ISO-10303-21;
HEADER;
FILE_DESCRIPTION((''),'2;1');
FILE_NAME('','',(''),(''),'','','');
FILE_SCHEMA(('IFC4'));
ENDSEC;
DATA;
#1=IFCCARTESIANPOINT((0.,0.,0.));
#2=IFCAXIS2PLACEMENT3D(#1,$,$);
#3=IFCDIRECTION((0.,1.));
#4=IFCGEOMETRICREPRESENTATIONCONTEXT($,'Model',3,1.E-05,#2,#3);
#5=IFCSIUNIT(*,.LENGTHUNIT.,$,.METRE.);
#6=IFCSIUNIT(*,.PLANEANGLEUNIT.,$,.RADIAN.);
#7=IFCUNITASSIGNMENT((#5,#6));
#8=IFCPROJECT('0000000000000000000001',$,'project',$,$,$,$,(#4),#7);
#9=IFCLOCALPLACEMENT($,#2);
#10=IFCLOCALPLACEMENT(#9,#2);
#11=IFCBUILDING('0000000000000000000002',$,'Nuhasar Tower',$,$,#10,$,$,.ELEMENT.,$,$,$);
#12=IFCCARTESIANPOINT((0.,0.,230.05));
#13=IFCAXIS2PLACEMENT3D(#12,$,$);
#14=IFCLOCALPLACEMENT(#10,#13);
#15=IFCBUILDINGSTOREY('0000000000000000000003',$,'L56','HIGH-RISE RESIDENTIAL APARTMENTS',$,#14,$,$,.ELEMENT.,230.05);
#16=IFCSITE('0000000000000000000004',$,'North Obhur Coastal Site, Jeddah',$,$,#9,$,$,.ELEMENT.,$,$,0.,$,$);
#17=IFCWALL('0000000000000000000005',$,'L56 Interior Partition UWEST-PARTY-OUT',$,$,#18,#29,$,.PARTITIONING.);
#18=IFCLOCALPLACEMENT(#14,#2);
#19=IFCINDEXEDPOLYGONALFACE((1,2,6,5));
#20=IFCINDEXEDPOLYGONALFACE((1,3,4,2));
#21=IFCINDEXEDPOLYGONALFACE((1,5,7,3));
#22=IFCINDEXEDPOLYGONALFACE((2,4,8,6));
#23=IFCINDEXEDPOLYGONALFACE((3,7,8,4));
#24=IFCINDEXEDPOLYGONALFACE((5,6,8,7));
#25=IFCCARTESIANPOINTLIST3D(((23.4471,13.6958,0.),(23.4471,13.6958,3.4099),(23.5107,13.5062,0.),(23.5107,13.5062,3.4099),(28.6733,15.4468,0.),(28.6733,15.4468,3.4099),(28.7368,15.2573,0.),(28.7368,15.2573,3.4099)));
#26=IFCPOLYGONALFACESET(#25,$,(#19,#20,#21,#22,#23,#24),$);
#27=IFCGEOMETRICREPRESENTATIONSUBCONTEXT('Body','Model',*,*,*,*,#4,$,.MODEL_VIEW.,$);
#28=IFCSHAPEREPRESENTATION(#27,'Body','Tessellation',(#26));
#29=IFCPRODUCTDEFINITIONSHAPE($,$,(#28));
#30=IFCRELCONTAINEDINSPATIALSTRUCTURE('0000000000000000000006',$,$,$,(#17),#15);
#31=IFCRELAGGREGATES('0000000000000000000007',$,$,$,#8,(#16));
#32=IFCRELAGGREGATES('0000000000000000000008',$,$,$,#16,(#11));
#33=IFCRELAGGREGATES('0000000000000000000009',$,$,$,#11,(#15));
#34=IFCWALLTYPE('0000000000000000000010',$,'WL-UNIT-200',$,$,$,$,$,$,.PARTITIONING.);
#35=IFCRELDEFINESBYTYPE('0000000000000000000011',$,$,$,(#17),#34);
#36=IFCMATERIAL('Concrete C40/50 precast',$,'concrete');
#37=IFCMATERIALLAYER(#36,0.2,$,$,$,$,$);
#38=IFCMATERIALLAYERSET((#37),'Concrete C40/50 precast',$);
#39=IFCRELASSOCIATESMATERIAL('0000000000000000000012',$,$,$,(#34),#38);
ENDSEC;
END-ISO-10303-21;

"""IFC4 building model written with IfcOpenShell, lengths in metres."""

from ifc_helpers import new_model, si_unit, direction, frame, frame_2d, origin, place, context, subcontext, project, spatial, rectangle, extrude, material, layer, layer_set, type_object, element, save


model = new_model("IFC4")

# Units and contexts
model_context = context("Model", 3, precision=1e-05, world=origin(), true_north=direction((0.0, 1.0)))
body_context = subcontext(model_context, "Body", "Model", "MODEL_VIEW")
ifc_project = project(units=[si_unit("LENGTHUNIT", "METRE"), si_unit("PLANEANGLEUNIT", "RADIAN")], contexts=[model_context])

# Site, building, storey
site_placement = place(None, origin())
site = spatial("IfcSite", under=ifc_project, at=site_placement, Name="North Obhur Coastal Site, Jeddah", CompositionType="ELEMENT", RefElevation=0.0)
building_placement = place(site_placement, origin())
building = spatial("IfcBuilding", under=site, at=building_placement, Name="Nuhasar Tower", CompositionType="ELEMENT")
storey_placement = place(building_placement, frame((0.0, 0.0, 230.05)))
storey = spatial("IfcBuildingStorey", under=building, at=storey_placement, Name="L56", Description="HIGH-RISE RESIDENTIAL APARTMENTS", CompositionType="ELEMENT", Elevation=230.05)

# Wall
ifc_material_1 = material(Name="Concrete C40/50 precast", Category="concrete")
ifc_layer_1 = layer(ifc_material_1, 0.2)
ifc_layer_set_1 = layer_set([ifc_layer_1], Name="Concrete C40/50 precast")
wall_type_1 = type_object("IfcWallType", Name="WL-UNIT-200", PredefinedType="PARTITIONING", material=ifc_layer_set_1)
wall_1_placement = place(storey_placement, frame((28.7051, 15.3521, 0.0), z_axis=(0.0, 0.0, 1.0), x_axis=(-0.948195, -0.317689, 0.0)))
element("IfcWall", 1, at=wall_1_placement, inside=storey, type_object=wall_type_1, Name="L56 Interior Partition UWEST-PARTY-OUT", PredefinedType="PARTITIONING", context=body_context, shape_type="SweptSolid", body=[
    extrude(rectangle(XDim=5.5117, YDim=0.2, at=frame_2d((2.7559, 0.0))), origin(), (0.0, 0.0, 1.0), 3.4099),
])

save(model, "model.ifc")
